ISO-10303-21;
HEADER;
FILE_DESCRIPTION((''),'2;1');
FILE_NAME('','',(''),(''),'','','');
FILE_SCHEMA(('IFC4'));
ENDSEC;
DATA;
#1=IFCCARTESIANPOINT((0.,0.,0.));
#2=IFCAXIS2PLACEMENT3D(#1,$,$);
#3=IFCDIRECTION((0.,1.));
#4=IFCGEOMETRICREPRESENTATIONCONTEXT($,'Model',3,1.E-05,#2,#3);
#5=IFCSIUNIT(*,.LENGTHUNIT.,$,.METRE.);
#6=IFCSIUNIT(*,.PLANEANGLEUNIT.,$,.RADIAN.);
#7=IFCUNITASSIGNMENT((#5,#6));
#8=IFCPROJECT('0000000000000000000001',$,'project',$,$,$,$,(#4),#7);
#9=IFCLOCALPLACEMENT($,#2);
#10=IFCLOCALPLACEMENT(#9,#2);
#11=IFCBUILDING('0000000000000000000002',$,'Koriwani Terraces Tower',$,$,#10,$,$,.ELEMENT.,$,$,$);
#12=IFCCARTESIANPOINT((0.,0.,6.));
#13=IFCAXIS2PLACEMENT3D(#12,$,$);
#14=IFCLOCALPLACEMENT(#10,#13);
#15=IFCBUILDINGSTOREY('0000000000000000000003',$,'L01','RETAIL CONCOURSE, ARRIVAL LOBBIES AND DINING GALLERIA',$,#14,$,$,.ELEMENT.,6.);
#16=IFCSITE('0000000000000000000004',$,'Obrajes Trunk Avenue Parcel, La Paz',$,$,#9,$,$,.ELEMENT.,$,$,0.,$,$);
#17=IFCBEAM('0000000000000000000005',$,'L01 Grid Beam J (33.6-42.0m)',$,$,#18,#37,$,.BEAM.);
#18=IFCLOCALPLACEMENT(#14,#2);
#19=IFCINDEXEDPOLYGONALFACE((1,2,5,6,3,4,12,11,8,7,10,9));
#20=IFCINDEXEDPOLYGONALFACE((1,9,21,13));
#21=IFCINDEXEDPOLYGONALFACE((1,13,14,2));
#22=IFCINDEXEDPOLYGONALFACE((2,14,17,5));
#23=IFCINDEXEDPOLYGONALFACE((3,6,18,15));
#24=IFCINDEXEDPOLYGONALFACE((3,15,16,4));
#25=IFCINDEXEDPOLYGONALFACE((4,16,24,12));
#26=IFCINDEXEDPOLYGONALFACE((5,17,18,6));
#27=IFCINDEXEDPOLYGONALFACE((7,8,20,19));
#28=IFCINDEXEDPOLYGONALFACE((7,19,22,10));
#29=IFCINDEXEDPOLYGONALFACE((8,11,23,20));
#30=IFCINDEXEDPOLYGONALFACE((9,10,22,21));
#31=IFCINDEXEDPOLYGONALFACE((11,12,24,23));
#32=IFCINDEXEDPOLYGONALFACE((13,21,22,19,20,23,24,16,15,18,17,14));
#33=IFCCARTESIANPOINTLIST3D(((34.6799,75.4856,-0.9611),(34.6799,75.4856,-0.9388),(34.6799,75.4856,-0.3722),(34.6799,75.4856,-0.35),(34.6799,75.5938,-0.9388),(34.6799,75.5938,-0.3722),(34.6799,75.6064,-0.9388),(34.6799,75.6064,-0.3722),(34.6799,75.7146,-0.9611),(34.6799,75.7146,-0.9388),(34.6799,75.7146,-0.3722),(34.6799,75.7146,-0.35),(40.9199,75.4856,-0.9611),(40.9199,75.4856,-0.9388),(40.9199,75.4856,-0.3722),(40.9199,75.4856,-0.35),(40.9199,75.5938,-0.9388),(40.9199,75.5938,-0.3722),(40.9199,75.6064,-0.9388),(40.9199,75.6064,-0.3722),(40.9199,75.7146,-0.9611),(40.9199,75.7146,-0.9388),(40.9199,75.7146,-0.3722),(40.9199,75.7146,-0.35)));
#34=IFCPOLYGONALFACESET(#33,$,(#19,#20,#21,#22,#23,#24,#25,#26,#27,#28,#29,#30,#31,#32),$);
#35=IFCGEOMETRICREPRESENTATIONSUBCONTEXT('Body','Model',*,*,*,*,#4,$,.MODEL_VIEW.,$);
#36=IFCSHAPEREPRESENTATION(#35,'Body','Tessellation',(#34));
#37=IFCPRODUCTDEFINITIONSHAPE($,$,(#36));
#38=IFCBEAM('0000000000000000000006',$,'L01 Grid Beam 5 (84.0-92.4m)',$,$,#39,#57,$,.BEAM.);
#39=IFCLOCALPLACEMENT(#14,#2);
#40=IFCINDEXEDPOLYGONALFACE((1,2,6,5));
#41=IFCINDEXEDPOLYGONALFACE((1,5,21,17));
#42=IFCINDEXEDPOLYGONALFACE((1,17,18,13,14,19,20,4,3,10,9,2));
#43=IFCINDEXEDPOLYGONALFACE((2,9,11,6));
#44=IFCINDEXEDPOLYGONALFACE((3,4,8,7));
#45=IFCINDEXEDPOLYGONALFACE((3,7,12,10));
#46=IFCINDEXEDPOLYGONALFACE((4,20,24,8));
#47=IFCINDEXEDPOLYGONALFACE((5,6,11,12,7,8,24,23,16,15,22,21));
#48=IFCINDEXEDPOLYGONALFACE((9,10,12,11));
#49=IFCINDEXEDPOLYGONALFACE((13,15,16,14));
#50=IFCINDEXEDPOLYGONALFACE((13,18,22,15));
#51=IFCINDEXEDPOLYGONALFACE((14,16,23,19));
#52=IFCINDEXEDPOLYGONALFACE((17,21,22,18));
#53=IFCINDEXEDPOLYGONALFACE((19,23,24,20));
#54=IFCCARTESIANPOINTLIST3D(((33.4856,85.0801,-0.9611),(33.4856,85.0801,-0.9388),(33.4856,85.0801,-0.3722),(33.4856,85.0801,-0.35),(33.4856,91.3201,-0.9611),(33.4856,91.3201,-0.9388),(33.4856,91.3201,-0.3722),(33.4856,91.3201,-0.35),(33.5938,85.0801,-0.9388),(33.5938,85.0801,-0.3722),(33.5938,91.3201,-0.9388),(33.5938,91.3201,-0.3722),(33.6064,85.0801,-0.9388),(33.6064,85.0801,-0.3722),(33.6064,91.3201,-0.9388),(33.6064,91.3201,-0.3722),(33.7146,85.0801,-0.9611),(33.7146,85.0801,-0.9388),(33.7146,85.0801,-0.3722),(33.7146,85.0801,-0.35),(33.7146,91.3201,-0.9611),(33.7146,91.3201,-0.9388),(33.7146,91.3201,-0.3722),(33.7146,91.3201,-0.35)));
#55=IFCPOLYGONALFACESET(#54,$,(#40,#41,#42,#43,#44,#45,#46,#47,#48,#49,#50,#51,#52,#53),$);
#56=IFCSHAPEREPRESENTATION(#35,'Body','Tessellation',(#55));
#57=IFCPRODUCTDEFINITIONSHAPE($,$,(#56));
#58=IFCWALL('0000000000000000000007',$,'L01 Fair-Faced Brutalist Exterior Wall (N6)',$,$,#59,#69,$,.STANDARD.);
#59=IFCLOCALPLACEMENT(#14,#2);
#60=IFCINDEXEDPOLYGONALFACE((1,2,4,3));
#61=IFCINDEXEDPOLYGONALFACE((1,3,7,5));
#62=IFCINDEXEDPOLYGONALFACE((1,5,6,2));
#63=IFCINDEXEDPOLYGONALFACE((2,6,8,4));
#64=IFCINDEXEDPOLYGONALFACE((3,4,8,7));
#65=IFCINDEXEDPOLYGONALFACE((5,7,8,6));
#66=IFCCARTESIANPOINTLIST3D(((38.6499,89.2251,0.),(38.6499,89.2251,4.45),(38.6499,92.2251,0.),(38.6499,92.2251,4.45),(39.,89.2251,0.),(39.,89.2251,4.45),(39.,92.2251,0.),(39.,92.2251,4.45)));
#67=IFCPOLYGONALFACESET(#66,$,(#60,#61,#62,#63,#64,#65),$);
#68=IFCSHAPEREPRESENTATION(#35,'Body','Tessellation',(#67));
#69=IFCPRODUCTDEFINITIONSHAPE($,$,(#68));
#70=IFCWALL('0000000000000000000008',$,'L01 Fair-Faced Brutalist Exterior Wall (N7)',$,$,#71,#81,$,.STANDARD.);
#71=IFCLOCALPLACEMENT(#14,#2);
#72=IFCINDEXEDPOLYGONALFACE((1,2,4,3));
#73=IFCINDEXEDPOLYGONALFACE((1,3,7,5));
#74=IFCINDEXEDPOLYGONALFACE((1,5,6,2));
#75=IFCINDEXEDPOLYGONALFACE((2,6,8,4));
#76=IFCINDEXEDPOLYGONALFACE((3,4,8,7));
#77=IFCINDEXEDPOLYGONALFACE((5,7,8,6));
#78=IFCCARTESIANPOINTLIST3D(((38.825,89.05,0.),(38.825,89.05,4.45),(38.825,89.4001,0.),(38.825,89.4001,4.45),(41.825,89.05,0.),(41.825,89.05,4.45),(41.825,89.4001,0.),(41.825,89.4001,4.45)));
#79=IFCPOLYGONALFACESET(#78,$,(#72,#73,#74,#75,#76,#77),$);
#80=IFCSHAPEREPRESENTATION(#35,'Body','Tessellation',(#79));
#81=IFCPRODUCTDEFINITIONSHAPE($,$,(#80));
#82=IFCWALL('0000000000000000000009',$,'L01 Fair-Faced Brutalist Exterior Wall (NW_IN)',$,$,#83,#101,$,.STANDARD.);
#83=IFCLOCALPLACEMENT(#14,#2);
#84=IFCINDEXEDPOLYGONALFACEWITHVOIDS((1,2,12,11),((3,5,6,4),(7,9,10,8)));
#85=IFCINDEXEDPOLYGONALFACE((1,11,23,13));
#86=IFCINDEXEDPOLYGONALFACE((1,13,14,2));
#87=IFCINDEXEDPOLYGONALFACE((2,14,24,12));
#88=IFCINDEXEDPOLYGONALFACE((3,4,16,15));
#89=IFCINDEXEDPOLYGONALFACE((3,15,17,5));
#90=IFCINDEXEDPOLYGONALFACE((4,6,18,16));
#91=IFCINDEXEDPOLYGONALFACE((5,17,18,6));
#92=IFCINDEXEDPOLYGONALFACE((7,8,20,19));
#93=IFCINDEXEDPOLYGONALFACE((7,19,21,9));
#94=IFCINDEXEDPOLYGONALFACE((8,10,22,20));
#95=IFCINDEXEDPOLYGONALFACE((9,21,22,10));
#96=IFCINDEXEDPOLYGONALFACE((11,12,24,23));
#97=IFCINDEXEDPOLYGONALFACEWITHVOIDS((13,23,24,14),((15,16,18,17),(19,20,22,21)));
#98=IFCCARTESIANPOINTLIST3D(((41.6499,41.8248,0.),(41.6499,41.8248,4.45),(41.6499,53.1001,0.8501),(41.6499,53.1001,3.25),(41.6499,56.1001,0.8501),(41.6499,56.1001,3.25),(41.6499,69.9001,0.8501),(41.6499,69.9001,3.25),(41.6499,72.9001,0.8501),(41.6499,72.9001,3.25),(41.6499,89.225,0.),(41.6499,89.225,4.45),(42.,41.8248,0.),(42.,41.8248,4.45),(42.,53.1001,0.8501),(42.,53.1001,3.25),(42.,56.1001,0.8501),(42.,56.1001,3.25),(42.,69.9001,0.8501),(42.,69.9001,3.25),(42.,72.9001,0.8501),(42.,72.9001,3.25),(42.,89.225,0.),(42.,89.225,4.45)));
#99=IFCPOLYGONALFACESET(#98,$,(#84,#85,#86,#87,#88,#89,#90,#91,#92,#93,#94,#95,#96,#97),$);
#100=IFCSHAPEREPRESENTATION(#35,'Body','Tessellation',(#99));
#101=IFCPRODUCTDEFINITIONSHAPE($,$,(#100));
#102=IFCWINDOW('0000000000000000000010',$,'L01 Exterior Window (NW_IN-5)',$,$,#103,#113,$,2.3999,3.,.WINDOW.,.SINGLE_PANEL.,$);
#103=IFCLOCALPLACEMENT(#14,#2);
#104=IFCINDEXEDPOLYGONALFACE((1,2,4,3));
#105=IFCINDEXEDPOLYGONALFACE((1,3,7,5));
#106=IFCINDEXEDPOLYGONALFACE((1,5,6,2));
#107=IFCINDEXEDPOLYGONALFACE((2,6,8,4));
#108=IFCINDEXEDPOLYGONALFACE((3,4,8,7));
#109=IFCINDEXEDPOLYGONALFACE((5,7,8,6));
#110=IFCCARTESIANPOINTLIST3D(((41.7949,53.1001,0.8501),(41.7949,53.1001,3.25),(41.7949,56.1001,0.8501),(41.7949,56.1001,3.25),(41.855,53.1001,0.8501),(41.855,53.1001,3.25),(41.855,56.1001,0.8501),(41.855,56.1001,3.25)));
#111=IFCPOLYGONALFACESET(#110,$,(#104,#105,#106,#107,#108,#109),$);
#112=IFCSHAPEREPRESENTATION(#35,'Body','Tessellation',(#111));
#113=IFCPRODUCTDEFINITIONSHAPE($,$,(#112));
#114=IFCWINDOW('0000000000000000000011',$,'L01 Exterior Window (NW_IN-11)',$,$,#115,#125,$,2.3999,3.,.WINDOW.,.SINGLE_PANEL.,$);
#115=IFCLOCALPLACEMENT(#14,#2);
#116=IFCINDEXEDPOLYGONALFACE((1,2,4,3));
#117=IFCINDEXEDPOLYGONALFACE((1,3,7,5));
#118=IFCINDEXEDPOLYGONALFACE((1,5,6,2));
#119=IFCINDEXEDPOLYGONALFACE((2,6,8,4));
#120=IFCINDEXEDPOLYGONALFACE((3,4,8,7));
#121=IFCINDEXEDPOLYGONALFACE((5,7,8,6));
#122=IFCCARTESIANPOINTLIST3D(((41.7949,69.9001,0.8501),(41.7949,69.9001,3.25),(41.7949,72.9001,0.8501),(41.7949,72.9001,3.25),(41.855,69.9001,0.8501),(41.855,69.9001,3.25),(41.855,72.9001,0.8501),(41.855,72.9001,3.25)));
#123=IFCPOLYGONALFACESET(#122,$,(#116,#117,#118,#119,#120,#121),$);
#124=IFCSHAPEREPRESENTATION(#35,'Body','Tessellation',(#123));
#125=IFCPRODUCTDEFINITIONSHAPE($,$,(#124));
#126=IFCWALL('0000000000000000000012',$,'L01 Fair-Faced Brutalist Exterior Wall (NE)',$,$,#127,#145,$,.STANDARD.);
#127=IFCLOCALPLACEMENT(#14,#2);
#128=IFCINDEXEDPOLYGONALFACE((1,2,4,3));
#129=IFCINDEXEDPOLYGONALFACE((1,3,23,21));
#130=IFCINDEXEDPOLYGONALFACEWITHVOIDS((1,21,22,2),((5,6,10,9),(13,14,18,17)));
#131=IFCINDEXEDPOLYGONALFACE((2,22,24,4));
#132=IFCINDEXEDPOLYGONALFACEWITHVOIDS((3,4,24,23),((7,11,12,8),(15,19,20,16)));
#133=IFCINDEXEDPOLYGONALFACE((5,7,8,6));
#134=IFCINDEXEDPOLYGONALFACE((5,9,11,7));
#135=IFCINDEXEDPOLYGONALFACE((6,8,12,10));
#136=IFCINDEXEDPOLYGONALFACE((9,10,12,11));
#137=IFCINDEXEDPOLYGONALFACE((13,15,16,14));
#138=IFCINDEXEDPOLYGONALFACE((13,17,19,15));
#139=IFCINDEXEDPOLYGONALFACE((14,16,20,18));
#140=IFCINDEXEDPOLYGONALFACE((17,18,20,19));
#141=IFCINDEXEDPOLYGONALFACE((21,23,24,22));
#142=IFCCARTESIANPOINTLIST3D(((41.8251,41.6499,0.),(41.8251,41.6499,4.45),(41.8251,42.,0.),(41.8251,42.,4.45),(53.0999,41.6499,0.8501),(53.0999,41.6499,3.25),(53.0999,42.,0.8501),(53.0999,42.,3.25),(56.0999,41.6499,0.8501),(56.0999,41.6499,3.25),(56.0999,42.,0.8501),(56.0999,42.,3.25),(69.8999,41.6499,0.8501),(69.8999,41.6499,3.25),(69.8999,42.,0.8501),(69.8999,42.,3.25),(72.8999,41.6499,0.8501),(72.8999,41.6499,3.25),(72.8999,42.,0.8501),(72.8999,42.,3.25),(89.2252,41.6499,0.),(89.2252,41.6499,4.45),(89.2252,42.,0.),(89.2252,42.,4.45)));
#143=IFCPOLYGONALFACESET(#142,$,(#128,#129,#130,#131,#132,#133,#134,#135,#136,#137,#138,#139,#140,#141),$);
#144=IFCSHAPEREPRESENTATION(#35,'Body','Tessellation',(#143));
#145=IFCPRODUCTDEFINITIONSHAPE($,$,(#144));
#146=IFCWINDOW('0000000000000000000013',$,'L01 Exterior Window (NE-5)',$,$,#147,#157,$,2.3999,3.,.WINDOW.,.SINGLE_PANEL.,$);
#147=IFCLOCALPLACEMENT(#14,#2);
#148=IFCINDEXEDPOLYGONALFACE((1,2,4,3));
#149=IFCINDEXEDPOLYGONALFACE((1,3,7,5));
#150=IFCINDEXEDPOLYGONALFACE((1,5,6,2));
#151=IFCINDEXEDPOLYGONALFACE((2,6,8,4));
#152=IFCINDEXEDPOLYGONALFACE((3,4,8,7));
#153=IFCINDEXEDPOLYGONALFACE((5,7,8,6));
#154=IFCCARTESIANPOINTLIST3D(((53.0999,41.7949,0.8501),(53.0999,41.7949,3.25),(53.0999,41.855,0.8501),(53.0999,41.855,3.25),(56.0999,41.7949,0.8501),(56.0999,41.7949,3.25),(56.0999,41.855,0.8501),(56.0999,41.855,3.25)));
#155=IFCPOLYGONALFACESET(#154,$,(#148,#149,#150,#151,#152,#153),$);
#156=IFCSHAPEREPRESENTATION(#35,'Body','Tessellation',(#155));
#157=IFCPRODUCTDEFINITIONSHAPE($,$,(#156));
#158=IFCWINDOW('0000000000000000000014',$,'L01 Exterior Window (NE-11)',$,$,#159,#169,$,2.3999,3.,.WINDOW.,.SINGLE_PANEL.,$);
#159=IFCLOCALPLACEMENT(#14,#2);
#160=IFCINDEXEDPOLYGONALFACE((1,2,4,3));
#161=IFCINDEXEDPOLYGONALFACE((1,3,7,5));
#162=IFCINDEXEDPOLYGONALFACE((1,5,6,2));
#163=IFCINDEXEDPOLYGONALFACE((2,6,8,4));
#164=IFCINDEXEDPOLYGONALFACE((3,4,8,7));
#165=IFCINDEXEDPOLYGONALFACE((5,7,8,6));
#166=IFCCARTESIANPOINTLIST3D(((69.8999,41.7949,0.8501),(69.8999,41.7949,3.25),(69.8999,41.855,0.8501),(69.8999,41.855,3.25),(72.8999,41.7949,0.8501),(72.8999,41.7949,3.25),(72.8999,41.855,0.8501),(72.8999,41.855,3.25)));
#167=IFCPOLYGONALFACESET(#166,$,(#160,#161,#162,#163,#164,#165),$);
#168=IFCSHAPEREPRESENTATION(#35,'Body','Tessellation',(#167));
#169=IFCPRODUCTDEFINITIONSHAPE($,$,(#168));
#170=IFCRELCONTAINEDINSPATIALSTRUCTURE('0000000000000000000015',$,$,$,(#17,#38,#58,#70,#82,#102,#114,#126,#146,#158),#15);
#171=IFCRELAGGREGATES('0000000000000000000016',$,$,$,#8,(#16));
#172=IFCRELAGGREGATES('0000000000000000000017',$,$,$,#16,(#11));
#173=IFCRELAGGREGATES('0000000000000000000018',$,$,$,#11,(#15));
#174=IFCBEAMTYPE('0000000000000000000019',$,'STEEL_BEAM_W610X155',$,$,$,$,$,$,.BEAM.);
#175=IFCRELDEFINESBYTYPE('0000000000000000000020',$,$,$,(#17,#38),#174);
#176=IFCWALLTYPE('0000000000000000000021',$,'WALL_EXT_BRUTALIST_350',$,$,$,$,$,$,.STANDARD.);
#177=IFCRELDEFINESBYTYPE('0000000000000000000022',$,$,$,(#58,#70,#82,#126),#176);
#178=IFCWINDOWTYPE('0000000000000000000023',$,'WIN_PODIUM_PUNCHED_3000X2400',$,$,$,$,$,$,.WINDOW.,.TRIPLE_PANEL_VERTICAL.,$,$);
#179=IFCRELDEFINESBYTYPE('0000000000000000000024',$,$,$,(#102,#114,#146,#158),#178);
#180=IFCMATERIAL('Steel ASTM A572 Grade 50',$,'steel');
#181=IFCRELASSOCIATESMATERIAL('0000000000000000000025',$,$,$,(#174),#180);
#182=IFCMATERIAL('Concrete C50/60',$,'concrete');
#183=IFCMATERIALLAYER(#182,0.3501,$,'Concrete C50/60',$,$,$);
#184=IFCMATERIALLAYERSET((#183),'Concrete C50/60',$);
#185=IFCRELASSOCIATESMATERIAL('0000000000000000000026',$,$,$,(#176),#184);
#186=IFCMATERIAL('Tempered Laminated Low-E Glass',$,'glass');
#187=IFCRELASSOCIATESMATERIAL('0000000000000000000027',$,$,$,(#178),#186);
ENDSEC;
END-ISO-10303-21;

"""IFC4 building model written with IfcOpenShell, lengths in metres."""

from ifc_helpers import new_model, si_unit, direction, frame, frame_2d, origin, origin_2d, place, context, subcontext, project, spatial, rectangle, i_section, extrude, material, layer, layer_set, material_profile, profile_set, type_object, element, fill, save


model = new_model("IFC4")

# Units and contexts
model_context = context("Model", 3, precision=1e-05, world=origin(), true_north=direction((0.0, 1.0)))
body_context = subcontext(model_context, "Body", "Model", "MODEL_VIEW")
ifc_project = project(units=[si_unit("LENGTHUNIT", "METRE"), si_unit("PLANEANGLEUNIT", "RADIAN")], contexts=[model_context])

# Site, building, storey
site_placement = place(None, origin())
site = spatial("IfcSite", under=ifc_project, at=site_placement, Name="Obrajes Trunk Avenue Parcel, La Paz", CompositionType="ELEMENT", RefElevation=0.0)
building_placement = place(site_placement, origin())
building = spatial("IfcBuilding", under=site, at=building_placement, Name="Koriwani Terraces Tower", CompositionType="ELEMENT")
storey_placement = place(building_placement, frame((0.0, 0.0, 6.0)))
storey = spatial("IfcBuildingStorey", under=building, at=storey_placement, Name="L01", Description="RETAIL CONCOURSE, ARRIVAL LOBBIES AND DINING GALLERIA", CompositionType="ELEMENT", Elevation=6.0)

# Beams
ifc_material_1 = material(Name="Steel ASTM A572 Grade 50", Category="steel")
ifc_material_profile_1 = material_profile(ifc_material_1, i_section(OverallWidth=0.229, OverallDepth=0.6111, WebThickness=0.0127, FlangeThickness=0.0222, at=origin_2d()), Name="Steel ASTM A572 Grade 50", Category="LoadBearing")
ifc_profile_set_1 = profile_set([ifc_material_profile_1], Name="Steel ASTM A572 Grade 50")
beam_type_1 = type_object("IfcBeamType", Name="STEEL_BEAM_W610X155", PredefinedType="BEAM", material=ifc_profile_set_1)
for number, where, z_axis, x_axis, name in (
    (1, (34.6799, 75.6001, -0.6555), (1.0, 0.0, 0.0), (0.0, 1.0, 0.0), "L01 Grid Beam J (33.6-42.0m)"),
    (2, (33.6001, 85.0801, -0.6555), (0.0, 1.0, 0.0), (-1.0, 0.0, 0.0), "L01 Grid Beam 5 (84.0-92.4m)"),
):
    element("IfcBeam", number, at=place(storey_placement, frame(where, z_axis=z_axis, x_axis=x_axis)), inside=storey, type_object=beam_type_1, Name=name, PredefinedType="BEAM", context=body_context, shape_type="SweptSolid", body=[
        extrude(i_section(OverallWidth=0.229, OverallDepth=0.6111, WebThickness=0.0127, FlangeThickness=0.0222, at=origin_2d()), origin(), (0.0, 0.0, 1.0), 6.24),
    ])

# Walls
ifc_material_2 = material(Name="Concrete C50/60", Category="concrete")
ifc_layer = layer(ifc_material_2, 0.3501, Name="Concrete C50/60")
ifc_layer_set = layer_set([ifc_layer], Name="Concrete C50/60")
wall_type = type_object("IfcWallType", Name="WALL_EXT_BRUTALIST_350", PredefinedType="STANDARD", material=ifc_layer_set)
for number, where, z_axis, x_axis, name in (
    (3, (38.825, 92.2251, 0.0), (0.0, 0.0, 1.0), (0.0, -1.0, 0.0), "L01 Fair-Faced Brutalist Exterior Wall (N6)"),
    (4, (38.825, 89.2251, 0.0), (0.0, 0.0, 1.0), (1.0, 0.0, 0.0), "L01 Fair-Faced Brutalist Exterior Wall (N7)"),
):
    element("IfcWall", number, at=place(storey_placement, frame(where, z_axis=z_axis, x_axis=x_axis)), inside=storey, type_object=wall_type, Name=name, PredefinedType="STANDARD", context=body_context, shape_type="SweptSolid", body=[
        extrude(rectangle(XDim=3.0, YDim=0.3501, at=frame_2d((1.5, 0.0))), origin(), (0.0, 0.0, 1.0), 4.45),
    ])

# Walls, openings, windows
wall_1_placement = place(storey_placement, frame((41.825, 89.2251, 0.0), z_axis=(0.0, 0.0, 1.0), x_axis=(0.0, -1.0, 0.0)))
wall_1 = element("IfcWall", 5, at=wall_1_placement, inside=storey, type_object=wall_type, Name="L01 Fair-Faced Brutalist Exterior Wall (NW_IN)", PredefinedType="STANDARD", context=body_context, shape_type="SweptSolid", body=[
    extrude(rectangle(XDim=47.4001, YDim=0.3501, at=frame_2d((23.7002, 0.0))), origin(), (0.0, 0.0, 1.0), 4.45),
])
opening_1_placement = place(wall_1_placement, frame((33.125, 0.0, 0.8501)))
opening_1 = element("IfcOpeningElement", 6, at=opening_1_placement, cuts=wall_1, PredefinedType="OPENING", context=body_context, shape_type="SweptSolid", body=[
    extrude(rectangle(XDim=3.0, YDim=2.3999, at=frame_2d((1.5, 1.2))), frame((0.0, 0.1851, 0.0), z_axis=(0.0, -1.0, 0.0), x_axis=(1.0, 0.0, 0.0)), (0.0, 0.0, 1.0), 0.3701),
])
opening_2_placement = place(wall_1_placement, frame((16.325, 0.0, 0.8501)))
opening_2 = element("IfcOpeningElement", 7, at=opening_2_placement, cuts=wall_1, PredefinedType="OPENING", context=body_context, shape_type="SweptSolid", body=[
    extrude(rectangle(XDim=3.0, YDim=2.3999, at=frame_2d((1.5, 1.2))), frame((0.0, 0.1851, 0.0), z_axis=(0.0, -1.0, 0.0), x_axis=(1.0, 0.0, 0.0)), (0.0, 0.0, 1.0), 0.3701),
])
ifc_material_3 = material(Name="Tempered Laminated Low-E Glass", Category="glass")
window_type = type_object("IfcWindowType", Name="WIN_PODIUM_PUNCHED_3000X2400", PartitioningType="TRIPLE_PANEL_VERTICAL", PredefinedType="WINDOW", material=ifc_material_3)
window_1_placement = place(opening_1_placement, origin())
window_1 = element("IfcWindow", 8, at=window_1_placement, inside=storey, type_object=window_type, Name="L01 Exterior Window (NW_IN-5)", OverallHeight=2.3999, OverallWidth=3.0, PartitioningType="SINGLE_PANEL", PredefinedType="WINDOW", context=body_context, shape_type="SweptSolid", body=[
    extrude(rectangle(XDim=3.0, YDim=2.3999, at=frame_2d((1.5, 1.2))), frame((0.0, 0.03, 0.0), z_axis=(0.0, -1.0, 0.0), x_axis=(1.0, 0.0, 0.0)), (0.0, 0.0, 1.0), 0.0601),
])
fill(opening_1, window_1)
window_2_placement = place(opening_2_placement, origin())
window_2 = element("IfcWindow", 9, at=window_2_placement, inside=storey, type_object=window_type, Name="L01 Exterior Window (NW_IN-11)", OverallHeight=2.3999, OverallWidth=3.0, PartitioningType="SINGLE_PANEL", PredefinedType="WINDOW", context=body_context, shape_type="SweptSolid", body=[
    extrude(rectangle(XDim=3.0, YDim=2.3999, at=frame_2d((1.5, 1.2))), frame((0.0, 0.03, 0.0), z_axis=(0.0, -1.0, 0.0), x_axis=(1.0, 0.0, 0.0)), (0.0, 0.0, 1.0), 0.0601),
])
fill(opening_2, window_2)
wall_2_placement = place(storey_placement, frame((41.825, 41.825, 0.0), z_axis=(0.0, 0.0, 1.0), x_axis=(1.0, 0.0, 0.0)))
wall_2 = element("IfcWall", 10, at=wall_2_placement, inside=storey, type_object=wall_type, Name="L01 Fair-Faced Brutalist Exterior Wall (NE)", PredefinedType="STANDARD", context=body_context, shape_type="SweptSolid", body=[
    extrude(rectangle(XDim=47.4001, YDim=0.3501, at=frame_2d((23.7002, 0.0))), origin(), (0.0, 0.0, 1.0), 4.45),
])
opening_3_placement = place(wall_2_placement, frame((11.2749, 0.0, 0.8501)))
opening_3 = element("IfcOpeningElement", 11, at=opening_3_placement, cuts=wall_2, PredefinedType="OPENING", context=body_context, shape_type="SweptSolid", body=[
    extrude(rectangle(XDim=3.0, YDim=2.3999, at=frame_2d((1.5, 1.2))), frame((0.0, 0.1851, 0.0), z_axis=(0.0, -1.0, 0.0), x_axis=(1.0, 0.0, 0.0)), (0.0, 0.0, 1.0), 0.3701),
])
opening_4_placement = place(wall_2_placement, frame((28.075, 0.0, 0.8501)))
opening_4 = element("IfcOpeningElement", 12, at=opening_4_placement, cuts=wall_2, PredefinedType="OPENING", context=body_context, shape_type="SweptSolid", body=[
    extrude(rectangle(XDim=3.0, YDim=2.3999, at=frame_2d((1.5, 1.2))), frame((0.0, 0.1851, 0.0), z_axis=(0.0, -1.0, 0.0), x_axis=(1.0, 0.0, 0.0)), (0.0, 0.0, 1.0), 0.3701),
])
window_3_placement = place(opening_3_placement, origin())
window_3 = element("IfcWindow", 13, at=window_3_placement, inside=storey, type_object=window_type, Name="L01 Exterior Window (NE-5)", OverallHeight=2.3999, OverallWidth=3.0, PartitioningType="SINGLE_PANEL", PredefinedType="WINDOW", context=body_context, shape_type="SweptSolid", body=[
    extrude(rectangle(XDim=3.0, YDim=2.3999, at=frame_2d((1.5, 1.2))), frame((0.0, 0.03, 0.0), z_axis=(0.0, -1.0, 0.0), x_axis=(1.0, 0.0, 0.0)), (0.0, 0.0, 1.0), 0.0601),
])
fill(opening_3, window_3)
window_4_placement = place(opening_4_placement, origin())
window_4 = element("IfcWindow", 14, at=window_4_placement, inside=storey, type_object=window_type, Name="L01 Exterior Window (NE-11)", OverallHeight=2.3999, OverallWidth=3.0, PartitioningType="SINGLE_PANEL", PredefinedType="WINDOW", context=body_context, shape_type="SweptSolid", body=[
    extrude(rectangle(XDim=3.0, YDim=2.3999, at=frame_2d((1.5, 1.2))), frame((0.0, 0.03, 0.0), z_axis=(0.0, -1.0, 0.0), x_axis=(1.0, 0.0, 0.0)), (0.0, 0.0, 1.0), 0.0601),
])
fill(opening_4, window_4)

save(model, "model.ifc")
